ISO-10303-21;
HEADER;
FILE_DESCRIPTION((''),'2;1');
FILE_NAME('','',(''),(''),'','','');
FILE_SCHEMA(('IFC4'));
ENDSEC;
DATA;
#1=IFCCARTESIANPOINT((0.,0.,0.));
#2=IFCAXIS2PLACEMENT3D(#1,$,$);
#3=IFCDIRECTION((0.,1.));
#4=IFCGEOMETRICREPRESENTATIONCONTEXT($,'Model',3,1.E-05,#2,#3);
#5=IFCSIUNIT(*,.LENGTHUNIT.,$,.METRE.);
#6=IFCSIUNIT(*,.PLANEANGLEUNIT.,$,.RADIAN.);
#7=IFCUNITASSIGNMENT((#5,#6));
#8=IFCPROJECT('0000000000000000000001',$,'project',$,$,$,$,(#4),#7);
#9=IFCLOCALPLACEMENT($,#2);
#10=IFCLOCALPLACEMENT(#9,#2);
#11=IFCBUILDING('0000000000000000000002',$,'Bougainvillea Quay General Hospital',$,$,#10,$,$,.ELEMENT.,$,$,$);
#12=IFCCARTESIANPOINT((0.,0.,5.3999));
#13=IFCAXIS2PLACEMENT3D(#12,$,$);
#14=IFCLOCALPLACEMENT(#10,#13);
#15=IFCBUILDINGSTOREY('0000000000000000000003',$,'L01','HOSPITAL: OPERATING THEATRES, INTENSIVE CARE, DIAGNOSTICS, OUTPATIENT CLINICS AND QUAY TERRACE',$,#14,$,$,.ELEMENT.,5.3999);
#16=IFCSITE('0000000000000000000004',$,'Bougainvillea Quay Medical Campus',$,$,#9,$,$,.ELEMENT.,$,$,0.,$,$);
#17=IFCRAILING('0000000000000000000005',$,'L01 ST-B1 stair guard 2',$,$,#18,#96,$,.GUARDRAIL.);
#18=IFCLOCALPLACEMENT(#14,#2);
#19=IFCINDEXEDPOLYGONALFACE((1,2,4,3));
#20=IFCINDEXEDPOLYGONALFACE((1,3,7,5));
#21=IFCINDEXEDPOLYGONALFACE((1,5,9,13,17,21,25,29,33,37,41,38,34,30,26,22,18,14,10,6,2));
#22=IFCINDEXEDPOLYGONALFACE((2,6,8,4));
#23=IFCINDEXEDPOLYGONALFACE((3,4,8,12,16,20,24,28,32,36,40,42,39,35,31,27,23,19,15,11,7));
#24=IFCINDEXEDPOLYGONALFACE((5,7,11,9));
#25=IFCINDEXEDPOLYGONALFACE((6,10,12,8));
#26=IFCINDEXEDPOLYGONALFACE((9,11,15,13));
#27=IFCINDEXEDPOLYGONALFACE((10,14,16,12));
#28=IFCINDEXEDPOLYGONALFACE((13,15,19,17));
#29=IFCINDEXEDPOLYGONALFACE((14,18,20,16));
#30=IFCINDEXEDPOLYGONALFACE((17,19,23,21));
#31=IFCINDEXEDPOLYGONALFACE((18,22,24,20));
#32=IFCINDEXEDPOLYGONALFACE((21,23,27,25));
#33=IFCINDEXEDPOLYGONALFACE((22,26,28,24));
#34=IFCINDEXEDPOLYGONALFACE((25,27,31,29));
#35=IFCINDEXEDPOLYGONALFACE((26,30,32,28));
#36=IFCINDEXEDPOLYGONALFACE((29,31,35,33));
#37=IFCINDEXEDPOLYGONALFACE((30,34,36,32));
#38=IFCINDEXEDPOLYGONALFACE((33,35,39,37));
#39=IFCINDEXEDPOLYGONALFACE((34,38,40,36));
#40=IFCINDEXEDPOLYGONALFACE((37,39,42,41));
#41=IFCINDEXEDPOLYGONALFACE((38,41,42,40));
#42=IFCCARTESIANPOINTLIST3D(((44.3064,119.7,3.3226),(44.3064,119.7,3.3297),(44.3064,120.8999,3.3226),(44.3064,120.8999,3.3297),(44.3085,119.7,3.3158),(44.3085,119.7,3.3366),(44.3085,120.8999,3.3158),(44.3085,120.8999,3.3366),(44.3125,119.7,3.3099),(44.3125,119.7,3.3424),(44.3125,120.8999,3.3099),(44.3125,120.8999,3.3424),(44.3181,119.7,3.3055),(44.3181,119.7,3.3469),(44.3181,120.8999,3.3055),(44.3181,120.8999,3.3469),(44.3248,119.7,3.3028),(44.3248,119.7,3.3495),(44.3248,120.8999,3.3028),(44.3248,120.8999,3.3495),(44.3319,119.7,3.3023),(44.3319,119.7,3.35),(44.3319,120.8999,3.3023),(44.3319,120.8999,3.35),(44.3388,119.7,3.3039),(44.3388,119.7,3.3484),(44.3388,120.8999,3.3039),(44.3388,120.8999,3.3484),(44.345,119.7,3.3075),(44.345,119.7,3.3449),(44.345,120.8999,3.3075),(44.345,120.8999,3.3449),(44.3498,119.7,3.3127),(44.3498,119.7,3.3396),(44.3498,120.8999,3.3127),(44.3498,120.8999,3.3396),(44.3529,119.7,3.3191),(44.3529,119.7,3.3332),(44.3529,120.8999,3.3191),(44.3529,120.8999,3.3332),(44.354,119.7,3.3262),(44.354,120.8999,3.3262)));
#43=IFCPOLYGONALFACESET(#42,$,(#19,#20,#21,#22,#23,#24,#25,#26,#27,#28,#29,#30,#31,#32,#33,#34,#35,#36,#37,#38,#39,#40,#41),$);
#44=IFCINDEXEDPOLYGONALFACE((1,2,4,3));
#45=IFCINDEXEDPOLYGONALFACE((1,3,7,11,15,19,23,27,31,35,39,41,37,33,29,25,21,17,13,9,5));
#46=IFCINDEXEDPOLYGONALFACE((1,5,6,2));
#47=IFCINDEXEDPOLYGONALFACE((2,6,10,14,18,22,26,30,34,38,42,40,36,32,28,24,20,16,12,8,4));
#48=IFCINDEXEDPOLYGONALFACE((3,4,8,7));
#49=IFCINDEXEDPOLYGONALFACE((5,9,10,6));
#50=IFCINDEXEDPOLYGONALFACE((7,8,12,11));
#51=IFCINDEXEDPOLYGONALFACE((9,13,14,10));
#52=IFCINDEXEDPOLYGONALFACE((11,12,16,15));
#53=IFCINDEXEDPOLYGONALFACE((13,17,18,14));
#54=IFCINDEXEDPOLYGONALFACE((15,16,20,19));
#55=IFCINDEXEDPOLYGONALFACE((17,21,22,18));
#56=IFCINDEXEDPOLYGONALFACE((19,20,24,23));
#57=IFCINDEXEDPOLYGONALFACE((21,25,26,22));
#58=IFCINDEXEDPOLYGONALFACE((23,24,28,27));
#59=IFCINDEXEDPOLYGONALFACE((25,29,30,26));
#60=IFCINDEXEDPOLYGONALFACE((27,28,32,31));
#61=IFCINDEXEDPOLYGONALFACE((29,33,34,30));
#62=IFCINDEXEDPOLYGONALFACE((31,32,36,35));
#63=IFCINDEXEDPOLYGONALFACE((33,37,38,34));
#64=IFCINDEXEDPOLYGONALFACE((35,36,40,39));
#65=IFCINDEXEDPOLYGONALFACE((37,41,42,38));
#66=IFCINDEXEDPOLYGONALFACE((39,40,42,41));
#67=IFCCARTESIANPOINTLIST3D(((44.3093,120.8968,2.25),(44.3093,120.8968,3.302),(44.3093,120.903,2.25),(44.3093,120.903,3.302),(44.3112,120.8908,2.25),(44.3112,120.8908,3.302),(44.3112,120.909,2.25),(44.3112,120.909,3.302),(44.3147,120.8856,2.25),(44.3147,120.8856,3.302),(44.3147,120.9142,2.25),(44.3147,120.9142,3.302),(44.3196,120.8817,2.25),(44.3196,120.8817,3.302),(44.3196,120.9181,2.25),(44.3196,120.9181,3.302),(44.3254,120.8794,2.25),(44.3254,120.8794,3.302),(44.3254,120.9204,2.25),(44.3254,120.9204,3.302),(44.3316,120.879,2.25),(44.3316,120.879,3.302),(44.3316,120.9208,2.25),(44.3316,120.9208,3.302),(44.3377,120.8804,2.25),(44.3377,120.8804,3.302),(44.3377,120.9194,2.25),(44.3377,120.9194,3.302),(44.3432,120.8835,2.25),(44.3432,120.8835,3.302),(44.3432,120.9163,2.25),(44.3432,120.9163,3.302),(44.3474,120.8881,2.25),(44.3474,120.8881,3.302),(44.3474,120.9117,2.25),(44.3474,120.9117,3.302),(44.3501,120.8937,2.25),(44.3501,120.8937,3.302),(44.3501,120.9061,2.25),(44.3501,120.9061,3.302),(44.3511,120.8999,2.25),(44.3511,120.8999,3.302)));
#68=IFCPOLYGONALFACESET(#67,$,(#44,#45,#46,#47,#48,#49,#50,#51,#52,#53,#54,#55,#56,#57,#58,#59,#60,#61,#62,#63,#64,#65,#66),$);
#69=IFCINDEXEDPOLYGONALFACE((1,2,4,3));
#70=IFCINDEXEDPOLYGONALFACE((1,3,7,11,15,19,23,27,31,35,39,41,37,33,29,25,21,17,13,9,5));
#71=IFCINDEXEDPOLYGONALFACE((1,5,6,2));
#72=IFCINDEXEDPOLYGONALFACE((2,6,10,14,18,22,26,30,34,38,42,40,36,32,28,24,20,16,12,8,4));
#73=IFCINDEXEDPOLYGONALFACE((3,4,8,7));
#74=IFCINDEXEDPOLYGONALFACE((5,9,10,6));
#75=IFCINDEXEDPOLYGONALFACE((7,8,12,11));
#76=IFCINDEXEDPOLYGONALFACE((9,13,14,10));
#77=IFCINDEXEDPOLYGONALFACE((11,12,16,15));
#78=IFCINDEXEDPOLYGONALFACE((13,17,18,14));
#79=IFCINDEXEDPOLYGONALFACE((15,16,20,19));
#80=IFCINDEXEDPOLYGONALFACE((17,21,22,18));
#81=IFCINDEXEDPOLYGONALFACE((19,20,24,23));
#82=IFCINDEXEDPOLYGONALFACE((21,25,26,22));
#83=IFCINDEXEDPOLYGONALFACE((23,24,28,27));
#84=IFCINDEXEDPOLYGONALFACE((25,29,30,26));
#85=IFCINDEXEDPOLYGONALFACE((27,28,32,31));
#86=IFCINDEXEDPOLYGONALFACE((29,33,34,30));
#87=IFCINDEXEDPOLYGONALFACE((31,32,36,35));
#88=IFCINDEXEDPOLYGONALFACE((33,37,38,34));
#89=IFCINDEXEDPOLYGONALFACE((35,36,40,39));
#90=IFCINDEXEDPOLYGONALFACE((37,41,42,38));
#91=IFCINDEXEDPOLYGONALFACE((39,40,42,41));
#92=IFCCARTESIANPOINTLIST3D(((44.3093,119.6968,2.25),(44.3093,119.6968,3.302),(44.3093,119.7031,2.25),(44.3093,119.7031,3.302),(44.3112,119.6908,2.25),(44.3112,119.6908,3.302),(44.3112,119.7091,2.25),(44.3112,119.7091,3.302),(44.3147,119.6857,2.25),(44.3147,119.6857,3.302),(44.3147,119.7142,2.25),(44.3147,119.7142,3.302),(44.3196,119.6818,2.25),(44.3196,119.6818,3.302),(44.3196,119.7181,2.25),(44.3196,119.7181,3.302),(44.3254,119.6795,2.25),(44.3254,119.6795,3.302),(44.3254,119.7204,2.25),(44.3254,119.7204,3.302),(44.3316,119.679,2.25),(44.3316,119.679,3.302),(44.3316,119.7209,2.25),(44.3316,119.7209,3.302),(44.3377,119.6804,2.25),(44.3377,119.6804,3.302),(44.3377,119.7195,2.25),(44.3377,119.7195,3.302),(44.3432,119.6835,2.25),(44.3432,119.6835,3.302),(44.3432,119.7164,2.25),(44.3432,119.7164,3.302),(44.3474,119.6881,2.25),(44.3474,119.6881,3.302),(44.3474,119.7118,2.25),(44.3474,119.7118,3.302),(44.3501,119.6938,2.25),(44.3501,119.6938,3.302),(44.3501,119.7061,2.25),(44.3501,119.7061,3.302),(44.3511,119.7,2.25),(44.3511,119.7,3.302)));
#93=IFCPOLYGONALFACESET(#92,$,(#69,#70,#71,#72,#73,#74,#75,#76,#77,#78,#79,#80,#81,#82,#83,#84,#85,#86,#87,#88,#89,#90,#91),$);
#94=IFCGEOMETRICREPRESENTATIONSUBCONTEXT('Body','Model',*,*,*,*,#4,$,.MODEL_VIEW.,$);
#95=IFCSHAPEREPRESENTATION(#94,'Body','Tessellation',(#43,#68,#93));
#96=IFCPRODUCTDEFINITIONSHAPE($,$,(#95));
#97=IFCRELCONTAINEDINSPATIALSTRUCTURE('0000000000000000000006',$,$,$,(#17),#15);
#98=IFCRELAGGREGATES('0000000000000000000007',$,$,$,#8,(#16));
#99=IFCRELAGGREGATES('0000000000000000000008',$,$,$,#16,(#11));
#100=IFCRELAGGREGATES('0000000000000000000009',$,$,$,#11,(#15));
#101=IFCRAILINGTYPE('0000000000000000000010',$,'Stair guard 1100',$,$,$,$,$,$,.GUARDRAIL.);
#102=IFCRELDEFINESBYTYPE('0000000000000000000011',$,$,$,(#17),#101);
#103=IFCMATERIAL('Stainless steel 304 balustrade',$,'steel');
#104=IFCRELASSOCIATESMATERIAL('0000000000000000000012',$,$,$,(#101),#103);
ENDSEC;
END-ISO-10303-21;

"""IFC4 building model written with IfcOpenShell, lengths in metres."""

from ifc_helpers import new_model, si_unit, direction, frame, origin, origin_2d, place, context, subcontext, project, spatial, circle, extrude, material, type_object, element, save


model = new_model("IFC4")

# Units and contexts
model_context = context("Model", 3, precision=1e-05, world=origin(), true_north=direction((0.0, 1.0)))
body_context = subcontext(model_context, "Body", "Model", "MODEL_VIEW")
ifc_project = project(units=[si_unit("LENGTHUNIT", "METRE"), si_unit("PLANEANGLEUNIT", "RADIAN")], contexts=[model_context])

# Site, building, storey
site_placement = place(None, origin())
site = spatial("IfcSite", under=ifc_project, at=site_placement, Name="Bougainvillea Quay Medical Campus", CompositionType="ELEMENT", RefElevation=0.0)
building_placement = place(site_placement, origin())
building = spatial("IfcBuilding", under=site, at=building_placement, Name="Bougainvillea Quay General Hospital", CompositionType="ELEMENT")
storey_placement = place(building_placement, frame((0.0, 0.0, 5.3999)))
storey = spatial("IfcBuildingStorey", under=building, at=storey_placement, Name="L01", Description="HOSPITAL: OPERATING THEATRES, INTENSIVE CARE, DIAGNOSTICS, OUTPATIENT CLINICS AND QUAY TERRACE", CompositionType="ELEMENT", Elevation=5.3999)

# Railing
ifc_material_1 = material(Name="Stainless steel 304 balustrade", Category="steel")
railing_type_1 = type_object("IfcRailingType", Name="Stair guard 1100", PredefinedType="GUARDRAIL", material=ifc_material_1)
railing_1_placement = place(storey_placement, frame((44.3301, 120.8999, 2.25)))
element("IfcRailing", 1, at=railing_1_placement, inside=storey, type_object=railing_type_1, Name="L01 ST-B1 stair guard 2", PredefinedType="GUARDRAIL", context=body_context, shape_type="SweptSolid", body=[
    extrude(circle(Radius=0.0239, at=origin_2d()), frame((0.0, 0.0, 1.0762), z_axis=(0.0, -1.0, 0.0), x_axis=(1.0, 0.0, 0.0)), (0.0, 0.0, 1.0), 1.2),
    extrude(circle(Radius=0.021, at=origin_2d()), origin(), (0.0, 0.0, 1.0), 1.052),
    extrude(circle(Radius=0.021, at=origin_2d()), frame((0.0, -1.2, 0.0)), (0.0, 0.0, 1.0), 1.052),
])

save(model, "model.ifc")
